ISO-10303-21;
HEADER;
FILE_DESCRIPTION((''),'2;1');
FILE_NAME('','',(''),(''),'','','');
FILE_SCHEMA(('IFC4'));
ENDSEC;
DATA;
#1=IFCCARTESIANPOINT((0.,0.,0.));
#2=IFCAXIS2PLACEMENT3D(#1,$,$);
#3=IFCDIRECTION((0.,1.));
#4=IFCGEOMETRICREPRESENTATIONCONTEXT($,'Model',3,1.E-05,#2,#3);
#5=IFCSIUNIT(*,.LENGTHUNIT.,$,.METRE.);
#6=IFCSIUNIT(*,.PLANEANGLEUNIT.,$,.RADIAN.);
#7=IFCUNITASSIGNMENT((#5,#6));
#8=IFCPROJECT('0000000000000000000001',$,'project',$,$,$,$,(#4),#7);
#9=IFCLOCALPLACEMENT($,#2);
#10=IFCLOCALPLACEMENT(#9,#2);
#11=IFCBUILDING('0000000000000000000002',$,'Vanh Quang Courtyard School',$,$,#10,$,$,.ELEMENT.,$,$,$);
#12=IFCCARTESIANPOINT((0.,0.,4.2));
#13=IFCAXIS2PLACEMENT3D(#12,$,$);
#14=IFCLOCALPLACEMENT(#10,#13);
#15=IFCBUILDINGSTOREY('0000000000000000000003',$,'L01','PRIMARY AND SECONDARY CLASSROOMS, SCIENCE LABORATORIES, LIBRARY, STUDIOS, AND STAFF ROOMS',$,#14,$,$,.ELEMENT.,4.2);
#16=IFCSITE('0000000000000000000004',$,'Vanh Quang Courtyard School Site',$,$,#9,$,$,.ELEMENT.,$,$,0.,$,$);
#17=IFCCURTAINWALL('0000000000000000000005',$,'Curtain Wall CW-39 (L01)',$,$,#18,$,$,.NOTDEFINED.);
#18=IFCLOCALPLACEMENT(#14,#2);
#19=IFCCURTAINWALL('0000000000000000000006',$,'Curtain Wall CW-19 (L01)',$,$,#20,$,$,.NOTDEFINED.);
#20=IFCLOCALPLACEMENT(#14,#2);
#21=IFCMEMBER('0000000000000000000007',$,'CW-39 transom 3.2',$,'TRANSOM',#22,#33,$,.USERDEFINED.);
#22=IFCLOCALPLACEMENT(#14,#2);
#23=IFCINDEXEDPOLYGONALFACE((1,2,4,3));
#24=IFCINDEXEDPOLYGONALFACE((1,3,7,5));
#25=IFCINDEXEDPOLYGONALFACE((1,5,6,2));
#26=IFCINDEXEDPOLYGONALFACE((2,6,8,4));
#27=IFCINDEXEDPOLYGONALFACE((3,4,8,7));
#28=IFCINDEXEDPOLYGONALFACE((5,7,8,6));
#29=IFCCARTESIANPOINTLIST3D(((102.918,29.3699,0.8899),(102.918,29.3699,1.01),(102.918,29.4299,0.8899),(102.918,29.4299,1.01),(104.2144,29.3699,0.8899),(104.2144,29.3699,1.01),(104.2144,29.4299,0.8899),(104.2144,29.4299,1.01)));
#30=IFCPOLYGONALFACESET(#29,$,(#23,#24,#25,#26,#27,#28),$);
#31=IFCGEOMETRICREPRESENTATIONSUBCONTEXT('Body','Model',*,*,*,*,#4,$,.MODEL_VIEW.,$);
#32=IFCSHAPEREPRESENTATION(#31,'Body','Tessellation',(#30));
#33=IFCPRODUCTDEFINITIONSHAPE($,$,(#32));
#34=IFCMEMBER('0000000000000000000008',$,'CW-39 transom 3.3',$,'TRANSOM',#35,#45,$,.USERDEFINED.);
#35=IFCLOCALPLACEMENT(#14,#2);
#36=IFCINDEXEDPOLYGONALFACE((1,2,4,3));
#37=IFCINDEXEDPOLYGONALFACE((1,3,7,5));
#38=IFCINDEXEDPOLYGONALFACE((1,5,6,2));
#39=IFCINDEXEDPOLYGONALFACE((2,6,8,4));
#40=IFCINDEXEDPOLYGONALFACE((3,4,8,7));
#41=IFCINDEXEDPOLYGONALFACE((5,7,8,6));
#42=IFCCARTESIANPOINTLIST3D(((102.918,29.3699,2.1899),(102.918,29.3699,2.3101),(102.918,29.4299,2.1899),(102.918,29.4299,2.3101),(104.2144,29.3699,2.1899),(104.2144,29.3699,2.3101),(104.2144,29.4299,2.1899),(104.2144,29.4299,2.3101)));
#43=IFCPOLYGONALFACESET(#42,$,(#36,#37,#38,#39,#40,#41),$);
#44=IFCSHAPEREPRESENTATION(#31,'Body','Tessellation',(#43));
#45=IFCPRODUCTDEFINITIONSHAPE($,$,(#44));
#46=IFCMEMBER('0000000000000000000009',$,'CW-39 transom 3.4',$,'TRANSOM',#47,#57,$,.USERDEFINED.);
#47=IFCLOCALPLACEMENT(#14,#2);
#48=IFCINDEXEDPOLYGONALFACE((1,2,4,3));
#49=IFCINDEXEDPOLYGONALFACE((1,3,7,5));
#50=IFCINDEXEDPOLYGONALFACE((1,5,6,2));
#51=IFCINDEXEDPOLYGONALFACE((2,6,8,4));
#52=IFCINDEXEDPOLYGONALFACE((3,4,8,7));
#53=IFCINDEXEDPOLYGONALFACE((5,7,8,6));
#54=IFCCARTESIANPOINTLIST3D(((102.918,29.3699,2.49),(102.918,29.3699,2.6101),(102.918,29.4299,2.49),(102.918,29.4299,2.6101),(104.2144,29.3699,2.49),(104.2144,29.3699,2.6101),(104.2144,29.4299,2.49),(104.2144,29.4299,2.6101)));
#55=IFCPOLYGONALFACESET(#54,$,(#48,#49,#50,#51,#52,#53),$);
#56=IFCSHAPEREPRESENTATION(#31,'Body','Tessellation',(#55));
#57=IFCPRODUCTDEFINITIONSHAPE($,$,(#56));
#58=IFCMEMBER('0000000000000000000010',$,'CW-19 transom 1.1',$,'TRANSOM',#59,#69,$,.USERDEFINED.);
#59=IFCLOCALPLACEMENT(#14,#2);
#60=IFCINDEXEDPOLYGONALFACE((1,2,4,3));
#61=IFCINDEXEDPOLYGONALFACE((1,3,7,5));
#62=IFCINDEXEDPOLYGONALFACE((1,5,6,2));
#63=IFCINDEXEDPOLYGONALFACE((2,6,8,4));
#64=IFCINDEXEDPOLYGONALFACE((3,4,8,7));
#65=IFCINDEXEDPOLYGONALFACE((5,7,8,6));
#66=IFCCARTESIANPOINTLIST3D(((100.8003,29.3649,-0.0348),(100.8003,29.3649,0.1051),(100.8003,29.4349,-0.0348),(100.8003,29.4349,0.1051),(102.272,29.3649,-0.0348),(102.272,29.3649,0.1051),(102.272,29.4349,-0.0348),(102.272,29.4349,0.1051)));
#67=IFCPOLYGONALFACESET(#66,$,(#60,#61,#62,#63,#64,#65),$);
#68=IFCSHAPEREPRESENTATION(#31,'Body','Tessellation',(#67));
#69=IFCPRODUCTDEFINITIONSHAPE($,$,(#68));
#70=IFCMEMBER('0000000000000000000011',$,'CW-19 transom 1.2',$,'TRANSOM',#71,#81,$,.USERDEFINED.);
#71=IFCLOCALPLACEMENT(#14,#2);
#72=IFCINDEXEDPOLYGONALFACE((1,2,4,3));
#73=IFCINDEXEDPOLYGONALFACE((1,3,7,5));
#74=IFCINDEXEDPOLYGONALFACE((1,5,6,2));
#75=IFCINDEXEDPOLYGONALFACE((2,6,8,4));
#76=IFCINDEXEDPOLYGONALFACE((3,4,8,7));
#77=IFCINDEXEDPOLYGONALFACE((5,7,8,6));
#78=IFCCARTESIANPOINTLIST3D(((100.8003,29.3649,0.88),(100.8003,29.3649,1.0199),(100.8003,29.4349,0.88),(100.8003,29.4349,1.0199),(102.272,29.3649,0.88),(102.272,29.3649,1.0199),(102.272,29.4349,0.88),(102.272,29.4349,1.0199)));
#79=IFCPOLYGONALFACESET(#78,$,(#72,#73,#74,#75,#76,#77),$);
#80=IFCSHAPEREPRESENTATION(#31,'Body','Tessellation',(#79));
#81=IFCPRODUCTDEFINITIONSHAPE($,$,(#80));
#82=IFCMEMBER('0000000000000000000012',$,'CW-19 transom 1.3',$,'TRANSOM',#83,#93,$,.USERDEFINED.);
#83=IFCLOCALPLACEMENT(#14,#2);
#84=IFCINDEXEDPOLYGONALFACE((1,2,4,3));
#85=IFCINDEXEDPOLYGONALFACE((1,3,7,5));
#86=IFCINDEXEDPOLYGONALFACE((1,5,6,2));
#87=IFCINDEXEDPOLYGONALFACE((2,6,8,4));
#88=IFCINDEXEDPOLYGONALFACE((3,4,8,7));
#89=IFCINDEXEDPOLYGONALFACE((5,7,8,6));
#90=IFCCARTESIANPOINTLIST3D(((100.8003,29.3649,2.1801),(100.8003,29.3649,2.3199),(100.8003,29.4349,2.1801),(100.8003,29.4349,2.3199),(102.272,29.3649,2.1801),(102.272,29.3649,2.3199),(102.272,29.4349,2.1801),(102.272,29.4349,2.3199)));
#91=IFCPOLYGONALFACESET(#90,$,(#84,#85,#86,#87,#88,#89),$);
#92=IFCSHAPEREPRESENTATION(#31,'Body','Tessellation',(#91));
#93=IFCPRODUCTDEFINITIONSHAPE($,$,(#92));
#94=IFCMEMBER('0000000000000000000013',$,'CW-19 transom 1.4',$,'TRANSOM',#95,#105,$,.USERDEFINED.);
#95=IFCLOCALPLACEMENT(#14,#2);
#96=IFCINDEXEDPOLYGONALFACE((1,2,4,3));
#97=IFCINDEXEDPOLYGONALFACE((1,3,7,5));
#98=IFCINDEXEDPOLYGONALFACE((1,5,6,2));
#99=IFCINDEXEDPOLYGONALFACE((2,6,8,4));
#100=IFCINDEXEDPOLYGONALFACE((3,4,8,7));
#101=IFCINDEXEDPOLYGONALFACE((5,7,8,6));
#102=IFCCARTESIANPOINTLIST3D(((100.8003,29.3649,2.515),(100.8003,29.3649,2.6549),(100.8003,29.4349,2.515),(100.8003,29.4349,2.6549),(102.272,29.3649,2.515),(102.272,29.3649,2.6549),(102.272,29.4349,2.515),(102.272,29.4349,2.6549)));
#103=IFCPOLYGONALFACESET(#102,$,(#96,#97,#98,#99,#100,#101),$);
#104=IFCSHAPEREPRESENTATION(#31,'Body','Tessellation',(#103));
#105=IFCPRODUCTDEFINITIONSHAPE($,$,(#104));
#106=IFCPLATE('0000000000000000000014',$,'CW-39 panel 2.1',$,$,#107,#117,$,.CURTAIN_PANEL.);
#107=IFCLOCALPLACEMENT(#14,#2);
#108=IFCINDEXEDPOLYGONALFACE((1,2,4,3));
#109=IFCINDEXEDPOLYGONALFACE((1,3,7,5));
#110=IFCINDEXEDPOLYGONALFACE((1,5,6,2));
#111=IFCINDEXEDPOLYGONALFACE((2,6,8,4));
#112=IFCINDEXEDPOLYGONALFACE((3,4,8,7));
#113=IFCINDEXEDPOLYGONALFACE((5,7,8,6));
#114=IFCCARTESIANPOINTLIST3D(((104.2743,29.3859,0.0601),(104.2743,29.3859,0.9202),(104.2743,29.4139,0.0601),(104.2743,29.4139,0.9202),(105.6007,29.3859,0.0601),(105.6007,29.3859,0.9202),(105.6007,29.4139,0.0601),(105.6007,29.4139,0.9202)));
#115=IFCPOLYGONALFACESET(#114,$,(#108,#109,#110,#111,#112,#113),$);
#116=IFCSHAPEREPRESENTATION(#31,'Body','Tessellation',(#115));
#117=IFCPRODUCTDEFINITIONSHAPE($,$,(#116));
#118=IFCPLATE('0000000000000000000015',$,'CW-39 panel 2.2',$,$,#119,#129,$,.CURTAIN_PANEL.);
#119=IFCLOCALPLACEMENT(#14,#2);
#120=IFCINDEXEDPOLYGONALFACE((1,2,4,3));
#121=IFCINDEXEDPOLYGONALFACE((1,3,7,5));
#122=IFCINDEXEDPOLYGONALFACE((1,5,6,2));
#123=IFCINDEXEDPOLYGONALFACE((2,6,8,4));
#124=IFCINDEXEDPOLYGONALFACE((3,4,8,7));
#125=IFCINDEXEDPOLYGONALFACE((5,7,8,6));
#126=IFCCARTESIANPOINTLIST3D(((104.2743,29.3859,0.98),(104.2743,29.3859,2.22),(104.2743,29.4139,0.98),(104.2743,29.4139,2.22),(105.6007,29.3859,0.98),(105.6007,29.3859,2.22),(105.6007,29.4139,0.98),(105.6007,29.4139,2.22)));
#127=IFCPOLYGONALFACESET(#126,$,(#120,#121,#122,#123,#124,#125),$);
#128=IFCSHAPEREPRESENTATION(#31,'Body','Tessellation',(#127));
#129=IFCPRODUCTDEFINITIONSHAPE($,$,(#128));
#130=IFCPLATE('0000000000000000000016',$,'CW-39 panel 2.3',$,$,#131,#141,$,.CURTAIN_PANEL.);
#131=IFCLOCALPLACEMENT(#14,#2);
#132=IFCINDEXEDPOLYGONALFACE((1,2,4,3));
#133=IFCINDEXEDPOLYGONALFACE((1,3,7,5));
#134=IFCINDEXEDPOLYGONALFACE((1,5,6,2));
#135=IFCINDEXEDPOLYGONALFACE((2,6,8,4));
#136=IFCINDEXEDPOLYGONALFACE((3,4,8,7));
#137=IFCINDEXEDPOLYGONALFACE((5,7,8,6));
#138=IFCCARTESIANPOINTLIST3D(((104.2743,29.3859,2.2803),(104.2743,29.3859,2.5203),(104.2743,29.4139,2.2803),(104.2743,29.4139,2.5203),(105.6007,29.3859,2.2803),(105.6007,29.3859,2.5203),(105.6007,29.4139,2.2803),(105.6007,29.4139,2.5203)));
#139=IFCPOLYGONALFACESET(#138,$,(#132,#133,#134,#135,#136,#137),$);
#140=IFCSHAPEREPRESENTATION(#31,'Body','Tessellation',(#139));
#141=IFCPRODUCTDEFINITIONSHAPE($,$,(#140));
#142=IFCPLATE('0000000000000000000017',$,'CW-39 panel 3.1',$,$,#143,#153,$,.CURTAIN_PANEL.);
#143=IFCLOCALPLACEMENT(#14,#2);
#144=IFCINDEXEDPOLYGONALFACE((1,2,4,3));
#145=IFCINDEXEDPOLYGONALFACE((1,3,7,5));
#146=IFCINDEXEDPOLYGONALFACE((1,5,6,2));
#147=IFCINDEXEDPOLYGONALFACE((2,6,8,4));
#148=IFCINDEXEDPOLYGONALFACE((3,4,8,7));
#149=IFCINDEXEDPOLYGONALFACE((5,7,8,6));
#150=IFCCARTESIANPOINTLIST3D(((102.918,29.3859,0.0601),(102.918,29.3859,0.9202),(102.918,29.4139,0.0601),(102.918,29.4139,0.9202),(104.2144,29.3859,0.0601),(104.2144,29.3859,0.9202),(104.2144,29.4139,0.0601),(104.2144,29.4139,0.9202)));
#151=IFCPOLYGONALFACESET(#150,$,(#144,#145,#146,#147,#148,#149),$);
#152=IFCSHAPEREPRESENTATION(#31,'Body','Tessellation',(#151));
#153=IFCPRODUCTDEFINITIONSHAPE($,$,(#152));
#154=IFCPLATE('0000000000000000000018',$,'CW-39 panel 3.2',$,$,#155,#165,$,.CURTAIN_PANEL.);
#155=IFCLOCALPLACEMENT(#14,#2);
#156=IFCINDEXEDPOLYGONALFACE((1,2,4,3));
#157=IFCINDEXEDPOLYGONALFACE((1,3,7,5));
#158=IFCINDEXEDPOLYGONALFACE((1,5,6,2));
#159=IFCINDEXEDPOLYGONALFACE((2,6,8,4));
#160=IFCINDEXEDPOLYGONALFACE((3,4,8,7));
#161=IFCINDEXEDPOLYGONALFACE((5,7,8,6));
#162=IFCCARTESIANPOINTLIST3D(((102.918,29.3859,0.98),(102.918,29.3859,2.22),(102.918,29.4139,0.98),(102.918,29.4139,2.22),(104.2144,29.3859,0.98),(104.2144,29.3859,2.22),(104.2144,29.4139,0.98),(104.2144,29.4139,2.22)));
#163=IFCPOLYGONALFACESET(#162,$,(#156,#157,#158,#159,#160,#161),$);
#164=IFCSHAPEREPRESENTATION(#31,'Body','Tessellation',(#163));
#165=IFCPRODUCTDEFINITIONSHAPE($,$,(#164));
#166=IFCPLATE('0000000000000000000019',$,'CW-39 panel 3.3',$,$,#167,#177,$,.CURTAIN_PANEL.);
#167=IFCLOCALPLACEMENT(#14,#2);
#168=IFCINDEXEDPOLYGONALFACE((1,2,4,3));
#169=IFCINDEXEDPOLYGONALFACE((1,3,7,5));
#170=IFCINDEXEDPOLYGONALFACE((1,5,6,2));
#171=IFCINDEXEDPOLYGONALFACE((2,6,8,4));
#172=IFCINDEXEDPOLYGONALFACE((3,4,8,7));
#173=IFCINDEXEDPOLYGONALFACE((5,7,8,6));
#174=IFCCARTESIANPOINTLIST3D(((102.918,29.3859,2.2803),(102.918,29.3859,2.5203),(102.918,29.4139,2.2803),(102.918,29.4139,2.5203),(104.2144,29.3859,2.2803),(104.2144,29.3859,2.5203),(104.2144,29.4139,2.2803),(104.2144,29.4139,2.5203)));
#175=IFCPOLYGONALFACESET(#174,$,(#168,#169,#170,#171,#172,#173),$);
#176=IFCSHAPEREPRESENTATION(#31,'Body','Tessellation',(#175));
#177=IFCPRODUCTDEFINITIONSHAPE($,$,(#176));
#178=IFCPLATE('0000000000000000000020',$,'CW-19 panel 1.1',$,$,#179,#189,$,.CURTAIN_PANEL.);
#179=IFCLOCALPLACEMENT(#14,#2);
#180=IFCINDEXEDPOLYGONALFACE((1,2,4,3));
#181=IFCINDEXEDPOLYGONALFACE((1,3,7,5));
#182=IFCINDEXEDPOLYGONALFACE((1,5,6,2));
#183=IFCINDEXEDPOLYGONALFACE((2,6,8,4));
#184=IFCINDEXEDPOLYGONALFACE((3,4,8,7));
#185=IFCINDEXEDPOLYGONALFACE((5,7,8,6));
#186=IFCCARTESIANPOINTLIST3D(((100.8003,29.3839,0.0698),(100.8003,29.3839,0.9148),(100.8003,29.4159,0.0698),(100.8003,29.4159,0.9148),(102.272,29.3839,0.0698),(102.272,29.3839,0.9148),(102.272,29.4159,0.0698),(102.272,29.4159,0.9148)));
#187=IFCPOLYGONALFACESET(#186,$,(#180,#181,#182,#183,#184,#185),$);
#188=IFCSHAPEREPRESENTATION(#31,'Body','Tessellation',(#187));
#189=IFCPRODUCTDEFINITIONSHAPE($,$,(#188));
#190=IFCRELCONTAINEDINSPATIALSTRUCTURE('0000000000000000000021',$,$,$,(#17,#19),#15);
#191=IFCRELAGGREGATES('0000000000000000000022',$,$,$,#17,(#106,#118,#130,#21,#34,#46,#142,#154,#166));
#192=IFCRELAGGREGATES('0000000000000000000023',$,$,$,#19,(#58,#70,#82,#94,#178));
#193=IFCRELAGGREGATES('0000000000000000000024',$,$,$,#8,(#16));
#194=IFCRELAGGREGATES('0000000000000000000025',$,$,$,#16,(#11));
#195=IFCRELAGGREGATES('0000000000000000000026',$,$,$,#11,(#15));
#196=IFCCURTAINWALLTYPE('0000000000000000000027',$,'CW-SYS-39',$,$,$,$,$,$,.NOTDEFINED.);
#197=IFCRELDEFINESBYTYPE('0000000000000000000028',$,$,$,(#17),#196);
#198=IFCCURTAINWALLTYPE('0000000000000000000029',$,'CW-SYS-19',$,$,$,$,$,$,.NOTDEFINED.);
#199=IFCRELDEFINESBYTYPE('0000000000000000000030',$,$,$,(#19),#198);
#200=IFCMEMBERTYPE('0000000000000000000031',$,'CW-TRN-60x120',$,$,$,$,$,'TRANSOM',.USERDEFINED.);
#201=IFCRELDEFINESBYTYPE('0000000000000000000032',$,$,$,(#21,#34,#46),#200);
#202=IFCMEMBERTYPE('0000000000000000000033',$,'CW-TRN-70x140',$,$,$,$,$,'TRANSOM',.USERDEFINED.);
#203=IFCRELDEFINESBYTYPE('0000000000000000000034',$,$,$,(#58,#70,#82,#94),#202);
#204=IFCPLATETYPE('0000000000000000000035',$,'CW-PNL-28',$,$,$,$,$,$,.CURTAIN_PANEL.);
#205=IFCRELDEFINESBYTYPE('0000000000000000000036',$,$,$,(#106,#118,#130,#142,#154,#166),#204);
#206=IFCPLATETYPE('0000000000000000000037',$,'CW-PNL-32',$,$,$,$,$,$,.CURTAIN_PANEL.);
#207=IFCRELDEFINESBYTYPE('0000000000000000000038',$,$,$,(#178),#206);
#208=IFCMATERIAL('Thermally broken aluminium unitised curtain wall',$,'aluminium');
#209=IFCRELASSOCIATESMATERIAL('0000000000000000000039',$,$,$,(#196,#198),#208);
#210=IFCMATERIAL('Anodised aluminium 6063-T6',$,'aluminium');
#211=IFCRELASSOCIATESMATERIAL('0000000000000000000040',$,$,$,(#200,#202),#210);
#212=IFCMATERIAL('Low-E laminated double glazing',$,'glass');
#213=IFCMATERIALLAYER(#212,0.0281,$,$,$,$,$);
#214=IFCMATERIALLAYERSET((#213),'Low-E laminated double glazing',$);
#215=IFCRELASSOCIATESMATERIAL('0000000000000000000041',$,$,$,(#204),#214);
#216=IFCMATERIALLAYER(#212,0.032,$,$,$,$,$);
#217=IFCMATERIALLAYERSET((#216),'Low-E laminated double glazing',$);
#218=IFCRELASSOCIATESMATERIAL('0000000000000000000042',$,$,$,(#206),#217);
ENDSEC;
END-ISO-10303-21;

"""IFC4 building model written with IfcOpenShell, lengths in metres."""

from ifc_helpers import new_model, si_unit, direction, frame, origin, origin_2d, place, context, subcontext, project, spatial, rectangle, extrude, material, layer, layer_set, material_profile, profile_set, type_object, element, aggregate, save


model = new_model("IFC4")

# Units and contexts
model_context = context("Model", 3, precision=1e-05, world=origin(), true_north=direction((0.0, 1.0)))
body_context = subcontext(model_context, "Body", "Model", "MODEL_VIEW")
ifc_project = project(units=[si_unit("LENGTHUNIT", "METRE"), si_unit("PLANEANGLEUNIT", "RADIAN")], contexts=[model_context])

# Site, building, storey
site_placement = place(None, origin())
site = spatial("IfcSite", under=ifc_project, at=site_placement, Name="Vanh Quang Courtyard School Site", CompositionType="ELEMENT", RefElevation=0.0)
building_placement = place(site_placement, origin())
building = spatial("IfcBuilding", under=site, at=building_placement, Name="Vanh Quang Courtyard School", CompositionType="ELEMENT")
storey_placement = place(building_placement, frame((0.0, 0.0, 4.2)))
storey = spatial("IfcBuildingStorey", under=building, at=storey_placement, Name="L01", Description="PRIMARY AND SECONDARY CLASSROOMS, SCIENCE LABORATORIES, LIBRARY, STUDIOS, AND STAFF ROOMS", CompositionType="ELEMENT", Elevation=4.2)

# Curtain wall
ifc_material_1 = material(Name="Thermally broken aluminium unitised curtain wall", Category="aluminium")
curtain_wall_type_1 = type_object("IfcCurtainWallType", Name="CW-SYS-39", PredefinedType="NOTDEFINED", material=ifc_material_1)
curtain_wall_1_placement = place(storey_placement, origin())
curtain_wall_1 = element("IfcCurtainWall", 1, at=curtain_wall_1_placement, inside=storey, type_object=curtain_wall_type_1, Name="Curtain Wall CW-39 (L01)", PredefinedType="NOTDEFINED")
ifc_material_2 = material(Name="Anodised aluminium 6063-T6", Category="aluminium")

# Curtain wall
curtain_wall_type_2 = type_object("IfcCurtainWallType", Name="CW-SYS-19", PredefinedType="NOTDEFINED", material=ifc_material_1)
curtain_wall_2_placement = place(storey_placement, origin())
curtain_wall_2 = element("IfcCurtainWall", 2, at=curtain_wall_2_placement, inside=storey, type_object=curtain_wall_type_2, Name="Curtain Wall CW-19 (L01)", PredefinedType="NOTDEFINED")

# Members
ifc_material_profile_1 = material_profile(ifc_material_2, rectangle(XDim=0.0601, YDim=0.1201, at=origin_2d()), Name="ALU-TRN 60x120")
ifc_profile_set_1 = profile_set([ifc_material_profile_1], Name="Anodised aluminium 6063-T6")
member_type_1 = type_object("IfcMemberType", Name="CW-TRN-60x120", ElementType="TRANSOM", PredefinedType="USERDEFINED", material=ifc_profile_set_1)
member_1_placement = place(storey_placement, frame((104.2144, 29.3999, 0.95), z_axis=(-1.0, 0.0, 0.0), x_axis=(0.0, -1.0, 0.0)))
member_1 = element("IfcMember", 3, at=member_1_placement, type_object=member_type_1, Name="CW-39 transom 3.2", ObjectType="TRANSOM", PredefinedType="USERDEFINED", context=body_context, shape_type="SweptSolid", body=[
    extrude(rectangle(XDim=0.0601, YDim=0.1201, at=origin_2d()), origin(), (0.0, 0.0, 1.0), 1.2964),
])
member_2_placement = place(storey_placement, frame((104.2144, 29.3999, 2.25), z_axis=(-1.0, 0.0, 0.0), x_axis=(0.0, -1.0, 0.0)))
member_2 = element("IfcMember", 4, at=member_2_placement, type_object=member_type_1, Name="CW-39 transom 3.3", ObjectType="TRANSOM", PredefinedType="USERDEFINED", context=body_context, shape_type="SweptSolid", body=[
    extrude(rectangle(XDim=0.0601, YDim=0.1201, at=origin_2d()), origin(), (0.0, 0.0, 1.0), 1.2964),
])
member_3_placement = place(storey_placement, frame((104.2144, 29.3999, 2.55), z_axis=(-1.0, 0.0, 0.0), x_axis=(0.0, -1.0, 0.0)))
member_3 = element("IfcMember", 5, at=member_3_placement, type_object=member_type_1, Name="CW-39 transom 3.4", ObjectType="TRANSOM", PredefinedType="USERDEFINED", context=body_context, shape_type="SweptSolid", body=[
    extrude(rectangle(XDim=0.0601, YDim=0.1201, at=origin_2d()), origin(), (0.0, 0.0, 1.0), 1.2964),
])
ifc_material_profile_2 = material_profile(ifc_material_2, rectangle(XDim=0.0701, YDim=0.1399, at=origin_2d()), Name="ALU-TRN 70x140")
ifc_profile_set_2 = profile_set([ifc_material_profile_2], Name="Anodised aluminium 6063-T6")
member_type_2 = type_object("IfcMemberType", Name="CW-TRN-70x140", ElementType="TRANSOM", PredefinedType="USERDEFINED", material=ifc_profile_set_2)
member_4_placement = place(storey_placement, frame((102.272, 29.3999, 0.0352), z_axis=(-1.0, 0.0, 0.0), x_axis=(0.0, -1.0, 0.0)))
member_4 = element("IfcMember", 6, at=member_4_placement, type_object=member_type_2, Name="CW-19 transom 1.1", ObjectType="TRANSOM", PredefinedType="USERDEFINED", context=body_context, shape_type="SweptSolid", body=[
    extrude(rectangle(XDim=0.0701, YDim=0.1399, at=origin_2d()), origin(), (0.0, 0.0, 1.0), 1.4717),
])
member_5_placement = place(storey_placement, frame((102.272, 29.3999, 0.95), z_axis=(-1.0, 0.0, 0.0), x_axis=(0.0, -1.0, 0.0)))
member_5 = element("IfcMember", 7, at=member_5_placement, type_object=member_type_2, Name="CW-19 transom 1.2", ObjectType="TRANSOM", PredefinedType="USERDEFINED", context=body_context, shape_type="SweptSolid", body=[
    extrude(rectangle(XDim=0.0701, YDim=0.1399, at=origin_2d()), origin(), (0.0, 0.0, 1.0), 1.4717),
])
member_6_placement = place(storey_placement, frame((102.272, 29.3999, 2.25), z_axis=(-1.0, 0.0, 0.0), x_axis=(0.0, -1.0, 0.0)))
member_6 = element("IfcMember", 8, at=member_6_placement, type_object=member_type_2, Name="CW-19 transom 1.3", ObjectType="TRANSOM", PredefinedType="USERDEFINED", context=body_context, shape_type="SweptSolid", body=[
    extrude(rectangle(XDim=0.0701, YDim=0.1399, at=origin_2d()), origin(), (0.0, 0.0, 1.0), 1.4717),
])
member_7_placement = place(storey_placement, frame((102.272, 29.3999, 2.585), z_axis=(-1.0, 0.0, 0.0), x_axis=(0.0, -1.0, 0.0)))
member_7 = element("IfcMember", 9, at=member_7_placement, type_object=member_type_2, Name="CW-19 transom 1.4", ObjectType="TRANSOM", PredefinedType="USERDEFINED", context=body_context, shape_type="SweptSolid", body=[
    extrude(rectangle(XDim=0.0701, YDim=0.1399, at=origin_2d()), origin(), (0.0, 0.0, 1.0), 1.4717),
])

# Plates
ifc_material_3 = material(Name="Low-E laminated double glazing", Category="glass")
ifc_layer_1 = layer(ifc_material_3, 0.0281)
ifc_layer_set_1 = layer_set([ifc_layer_1], Name="Low-E laminated double glazing")
plate_type_1 = type_object("IfcPlateType", Name="CW-PNL-28", PredefinedType="CURTAIN_PANEL", material=ifc_layer_set_1)
plate_1_placement = place(storey_placement, frame((104.9375, 29.3999, 0.0601), z_axis=(0.0, 0.0, 1.0), x_axis=(-1.0, 0.0, 0.0)))
plate_1 = element("IfcPlate", 10, at=plate_1_placement, type_object=plate_type_1, Name="CW-39 panel 2.1", PredefinedType="CURTAIN_PANEL", context=body_context, shape_type="SweptSolid", body=[
    extrude(rectangle(XDim=1.3264, YDim=0.0281, at=origin_2d()), origin(), (0.0, 0.0, 1.0), 0.8601),
])
plate_2_placement = place(storey_placement, frame((104.9375, 29.3999, 0.98), z_axis=(0.0, 0.0, 1.0), x_axis=(-1.0, 0.0, 0.0)))
plate_2 = element("IfcPlate", 11, at=plate_2_placement, type_object=plate_type_1, Name="CW-39 panel 2.2", PredefinedType="CURTAIN_PANEL", context=body_context, shape_type="SweptSolid", body=[
    extrude(rectangle(XDim=1.3264, YDim=0.0281, at=origin_2d()), origin(), (0.0, 0.0, 1.0), 1.24),
])
plate_3_placement = place(storey_placement, frame((104.9375, 29.3999, 2.2803), z_axis=(0.0, 0.0, 1.0), x_axis=(-1.0, 0.0, 0.0)))
plate_3 = element("IfcPlate", 12, at=plate_3_placement, type_object=plate_type_1, Name="CW-39 panel 2.3", PredefinedType="CURTAIN_PANEL", context=body_context, shape_type="SweptSolid", body=[
    extrude(rectangle(XDim=1.3264, YDim=0.0281, at=origin_2d()), origin(), (0.0, 0.0, 1.0), 0.24),
])
plate_4_placement = place(storey_placement, frame((103.5662, 29.3999, 0.0601), z_axis=(0.0, 0.0, 1.0), x_axis=(-1.0, 0.0, 0.0)))
plate_4 = element("IfcPlate", 13, at=plate_4_placement, type_object=plate_type_1, Name="CW-39 panel 3.1", PredefinedType="CURTAIN_PANEL", context=body_context, shape_type="SweptSolid", body=[
    extrude(rectangle(XDim=1.2964, YDim=0.0281, at=origin_2d()), origin(), (0.0, 0.0, 1.0), 0.8601),
])
plate_5_placement = place(storey_placement, frame((103.5662, 29.3999, 0.98), z_axis=(0.0, 0.0, 1.0), x_axis=(-1.0, 0.0, 0.0)))
plate_5 = element("IfcPlate", 14, at=plate_5_placement, type_object=plate_type_1, Name="CW-39 panel 3.2", PredefinedType="CURTAIN_PANEL", context=body_context, shape_type="SweptSolid", body=[
    extrude(rectangle(XDim=1.2964, YDim=0.0281, at=origin_2d()), origin(), (0.0, 0.0, 1.0), 1.24),
])
plate_6_placement = place(storey_placement, frame((103.5662, 29.3999, 2.2803), z_axis=(0.0, 0.0, 1.0), x_axis=(-1.0, 0.0, 0.0)))
plate_6 = element("IfcPlate", 15, at=plate_6_placement, type_object=plate_type_1, Name="CW-39 panel 3.3", PredefinedType="CURTAIN_PANEL", context=body_context, shape_type="SweptSolid", body=[
    extrude(rectangle(XDim=1.2964, YDim=0.0281, at=origin_2d()), origin(), (0.0, 0.0, 1.0), 0.24),
])
aggregate(curtain_wall_1, [plate_1, plate_2, plate_3, member_1, member_2, member_3, plate_4, plate_5, plate_6])
ifc_layer_2 = layer(ifc_material_3, 0.032)
ifc_layer_set_2 = layer_set([ifc_layer_2], Name="Low-E laminated double glazing")
plate_type_2 = type_object("IfcPlateType", Name="CW-PNL-32", PredefinedType="CURTAIN_PANEL", material=ifc_layer_set_2)
plate_7_placement = place(storey_placement, frame((101.5361, 29.3999, 0.0698), z_axis=(0.0, 0.0, 1.0), x_axis=(-1.0, 0.0, 0.0)))
plate_7 = element("IfcPlate", 16, at=plate_7_placement, type_object=plate_type_2, Name="CW-19 panel 1.1", PredefinedType="CURTAIN_PANEL", context=body_context, shape_type="SweptSolid", body=[
    extrude(rectangle(XDim=1.4717, YDim=0.032, at=origin_2d()), origin(), (0.0, 0.0, 1.0), 0.845),
])
aggregate(curtain_wall_2, [member_4, member_5, member_6, member_7, plate_7])

save(model, "model.ifc")
